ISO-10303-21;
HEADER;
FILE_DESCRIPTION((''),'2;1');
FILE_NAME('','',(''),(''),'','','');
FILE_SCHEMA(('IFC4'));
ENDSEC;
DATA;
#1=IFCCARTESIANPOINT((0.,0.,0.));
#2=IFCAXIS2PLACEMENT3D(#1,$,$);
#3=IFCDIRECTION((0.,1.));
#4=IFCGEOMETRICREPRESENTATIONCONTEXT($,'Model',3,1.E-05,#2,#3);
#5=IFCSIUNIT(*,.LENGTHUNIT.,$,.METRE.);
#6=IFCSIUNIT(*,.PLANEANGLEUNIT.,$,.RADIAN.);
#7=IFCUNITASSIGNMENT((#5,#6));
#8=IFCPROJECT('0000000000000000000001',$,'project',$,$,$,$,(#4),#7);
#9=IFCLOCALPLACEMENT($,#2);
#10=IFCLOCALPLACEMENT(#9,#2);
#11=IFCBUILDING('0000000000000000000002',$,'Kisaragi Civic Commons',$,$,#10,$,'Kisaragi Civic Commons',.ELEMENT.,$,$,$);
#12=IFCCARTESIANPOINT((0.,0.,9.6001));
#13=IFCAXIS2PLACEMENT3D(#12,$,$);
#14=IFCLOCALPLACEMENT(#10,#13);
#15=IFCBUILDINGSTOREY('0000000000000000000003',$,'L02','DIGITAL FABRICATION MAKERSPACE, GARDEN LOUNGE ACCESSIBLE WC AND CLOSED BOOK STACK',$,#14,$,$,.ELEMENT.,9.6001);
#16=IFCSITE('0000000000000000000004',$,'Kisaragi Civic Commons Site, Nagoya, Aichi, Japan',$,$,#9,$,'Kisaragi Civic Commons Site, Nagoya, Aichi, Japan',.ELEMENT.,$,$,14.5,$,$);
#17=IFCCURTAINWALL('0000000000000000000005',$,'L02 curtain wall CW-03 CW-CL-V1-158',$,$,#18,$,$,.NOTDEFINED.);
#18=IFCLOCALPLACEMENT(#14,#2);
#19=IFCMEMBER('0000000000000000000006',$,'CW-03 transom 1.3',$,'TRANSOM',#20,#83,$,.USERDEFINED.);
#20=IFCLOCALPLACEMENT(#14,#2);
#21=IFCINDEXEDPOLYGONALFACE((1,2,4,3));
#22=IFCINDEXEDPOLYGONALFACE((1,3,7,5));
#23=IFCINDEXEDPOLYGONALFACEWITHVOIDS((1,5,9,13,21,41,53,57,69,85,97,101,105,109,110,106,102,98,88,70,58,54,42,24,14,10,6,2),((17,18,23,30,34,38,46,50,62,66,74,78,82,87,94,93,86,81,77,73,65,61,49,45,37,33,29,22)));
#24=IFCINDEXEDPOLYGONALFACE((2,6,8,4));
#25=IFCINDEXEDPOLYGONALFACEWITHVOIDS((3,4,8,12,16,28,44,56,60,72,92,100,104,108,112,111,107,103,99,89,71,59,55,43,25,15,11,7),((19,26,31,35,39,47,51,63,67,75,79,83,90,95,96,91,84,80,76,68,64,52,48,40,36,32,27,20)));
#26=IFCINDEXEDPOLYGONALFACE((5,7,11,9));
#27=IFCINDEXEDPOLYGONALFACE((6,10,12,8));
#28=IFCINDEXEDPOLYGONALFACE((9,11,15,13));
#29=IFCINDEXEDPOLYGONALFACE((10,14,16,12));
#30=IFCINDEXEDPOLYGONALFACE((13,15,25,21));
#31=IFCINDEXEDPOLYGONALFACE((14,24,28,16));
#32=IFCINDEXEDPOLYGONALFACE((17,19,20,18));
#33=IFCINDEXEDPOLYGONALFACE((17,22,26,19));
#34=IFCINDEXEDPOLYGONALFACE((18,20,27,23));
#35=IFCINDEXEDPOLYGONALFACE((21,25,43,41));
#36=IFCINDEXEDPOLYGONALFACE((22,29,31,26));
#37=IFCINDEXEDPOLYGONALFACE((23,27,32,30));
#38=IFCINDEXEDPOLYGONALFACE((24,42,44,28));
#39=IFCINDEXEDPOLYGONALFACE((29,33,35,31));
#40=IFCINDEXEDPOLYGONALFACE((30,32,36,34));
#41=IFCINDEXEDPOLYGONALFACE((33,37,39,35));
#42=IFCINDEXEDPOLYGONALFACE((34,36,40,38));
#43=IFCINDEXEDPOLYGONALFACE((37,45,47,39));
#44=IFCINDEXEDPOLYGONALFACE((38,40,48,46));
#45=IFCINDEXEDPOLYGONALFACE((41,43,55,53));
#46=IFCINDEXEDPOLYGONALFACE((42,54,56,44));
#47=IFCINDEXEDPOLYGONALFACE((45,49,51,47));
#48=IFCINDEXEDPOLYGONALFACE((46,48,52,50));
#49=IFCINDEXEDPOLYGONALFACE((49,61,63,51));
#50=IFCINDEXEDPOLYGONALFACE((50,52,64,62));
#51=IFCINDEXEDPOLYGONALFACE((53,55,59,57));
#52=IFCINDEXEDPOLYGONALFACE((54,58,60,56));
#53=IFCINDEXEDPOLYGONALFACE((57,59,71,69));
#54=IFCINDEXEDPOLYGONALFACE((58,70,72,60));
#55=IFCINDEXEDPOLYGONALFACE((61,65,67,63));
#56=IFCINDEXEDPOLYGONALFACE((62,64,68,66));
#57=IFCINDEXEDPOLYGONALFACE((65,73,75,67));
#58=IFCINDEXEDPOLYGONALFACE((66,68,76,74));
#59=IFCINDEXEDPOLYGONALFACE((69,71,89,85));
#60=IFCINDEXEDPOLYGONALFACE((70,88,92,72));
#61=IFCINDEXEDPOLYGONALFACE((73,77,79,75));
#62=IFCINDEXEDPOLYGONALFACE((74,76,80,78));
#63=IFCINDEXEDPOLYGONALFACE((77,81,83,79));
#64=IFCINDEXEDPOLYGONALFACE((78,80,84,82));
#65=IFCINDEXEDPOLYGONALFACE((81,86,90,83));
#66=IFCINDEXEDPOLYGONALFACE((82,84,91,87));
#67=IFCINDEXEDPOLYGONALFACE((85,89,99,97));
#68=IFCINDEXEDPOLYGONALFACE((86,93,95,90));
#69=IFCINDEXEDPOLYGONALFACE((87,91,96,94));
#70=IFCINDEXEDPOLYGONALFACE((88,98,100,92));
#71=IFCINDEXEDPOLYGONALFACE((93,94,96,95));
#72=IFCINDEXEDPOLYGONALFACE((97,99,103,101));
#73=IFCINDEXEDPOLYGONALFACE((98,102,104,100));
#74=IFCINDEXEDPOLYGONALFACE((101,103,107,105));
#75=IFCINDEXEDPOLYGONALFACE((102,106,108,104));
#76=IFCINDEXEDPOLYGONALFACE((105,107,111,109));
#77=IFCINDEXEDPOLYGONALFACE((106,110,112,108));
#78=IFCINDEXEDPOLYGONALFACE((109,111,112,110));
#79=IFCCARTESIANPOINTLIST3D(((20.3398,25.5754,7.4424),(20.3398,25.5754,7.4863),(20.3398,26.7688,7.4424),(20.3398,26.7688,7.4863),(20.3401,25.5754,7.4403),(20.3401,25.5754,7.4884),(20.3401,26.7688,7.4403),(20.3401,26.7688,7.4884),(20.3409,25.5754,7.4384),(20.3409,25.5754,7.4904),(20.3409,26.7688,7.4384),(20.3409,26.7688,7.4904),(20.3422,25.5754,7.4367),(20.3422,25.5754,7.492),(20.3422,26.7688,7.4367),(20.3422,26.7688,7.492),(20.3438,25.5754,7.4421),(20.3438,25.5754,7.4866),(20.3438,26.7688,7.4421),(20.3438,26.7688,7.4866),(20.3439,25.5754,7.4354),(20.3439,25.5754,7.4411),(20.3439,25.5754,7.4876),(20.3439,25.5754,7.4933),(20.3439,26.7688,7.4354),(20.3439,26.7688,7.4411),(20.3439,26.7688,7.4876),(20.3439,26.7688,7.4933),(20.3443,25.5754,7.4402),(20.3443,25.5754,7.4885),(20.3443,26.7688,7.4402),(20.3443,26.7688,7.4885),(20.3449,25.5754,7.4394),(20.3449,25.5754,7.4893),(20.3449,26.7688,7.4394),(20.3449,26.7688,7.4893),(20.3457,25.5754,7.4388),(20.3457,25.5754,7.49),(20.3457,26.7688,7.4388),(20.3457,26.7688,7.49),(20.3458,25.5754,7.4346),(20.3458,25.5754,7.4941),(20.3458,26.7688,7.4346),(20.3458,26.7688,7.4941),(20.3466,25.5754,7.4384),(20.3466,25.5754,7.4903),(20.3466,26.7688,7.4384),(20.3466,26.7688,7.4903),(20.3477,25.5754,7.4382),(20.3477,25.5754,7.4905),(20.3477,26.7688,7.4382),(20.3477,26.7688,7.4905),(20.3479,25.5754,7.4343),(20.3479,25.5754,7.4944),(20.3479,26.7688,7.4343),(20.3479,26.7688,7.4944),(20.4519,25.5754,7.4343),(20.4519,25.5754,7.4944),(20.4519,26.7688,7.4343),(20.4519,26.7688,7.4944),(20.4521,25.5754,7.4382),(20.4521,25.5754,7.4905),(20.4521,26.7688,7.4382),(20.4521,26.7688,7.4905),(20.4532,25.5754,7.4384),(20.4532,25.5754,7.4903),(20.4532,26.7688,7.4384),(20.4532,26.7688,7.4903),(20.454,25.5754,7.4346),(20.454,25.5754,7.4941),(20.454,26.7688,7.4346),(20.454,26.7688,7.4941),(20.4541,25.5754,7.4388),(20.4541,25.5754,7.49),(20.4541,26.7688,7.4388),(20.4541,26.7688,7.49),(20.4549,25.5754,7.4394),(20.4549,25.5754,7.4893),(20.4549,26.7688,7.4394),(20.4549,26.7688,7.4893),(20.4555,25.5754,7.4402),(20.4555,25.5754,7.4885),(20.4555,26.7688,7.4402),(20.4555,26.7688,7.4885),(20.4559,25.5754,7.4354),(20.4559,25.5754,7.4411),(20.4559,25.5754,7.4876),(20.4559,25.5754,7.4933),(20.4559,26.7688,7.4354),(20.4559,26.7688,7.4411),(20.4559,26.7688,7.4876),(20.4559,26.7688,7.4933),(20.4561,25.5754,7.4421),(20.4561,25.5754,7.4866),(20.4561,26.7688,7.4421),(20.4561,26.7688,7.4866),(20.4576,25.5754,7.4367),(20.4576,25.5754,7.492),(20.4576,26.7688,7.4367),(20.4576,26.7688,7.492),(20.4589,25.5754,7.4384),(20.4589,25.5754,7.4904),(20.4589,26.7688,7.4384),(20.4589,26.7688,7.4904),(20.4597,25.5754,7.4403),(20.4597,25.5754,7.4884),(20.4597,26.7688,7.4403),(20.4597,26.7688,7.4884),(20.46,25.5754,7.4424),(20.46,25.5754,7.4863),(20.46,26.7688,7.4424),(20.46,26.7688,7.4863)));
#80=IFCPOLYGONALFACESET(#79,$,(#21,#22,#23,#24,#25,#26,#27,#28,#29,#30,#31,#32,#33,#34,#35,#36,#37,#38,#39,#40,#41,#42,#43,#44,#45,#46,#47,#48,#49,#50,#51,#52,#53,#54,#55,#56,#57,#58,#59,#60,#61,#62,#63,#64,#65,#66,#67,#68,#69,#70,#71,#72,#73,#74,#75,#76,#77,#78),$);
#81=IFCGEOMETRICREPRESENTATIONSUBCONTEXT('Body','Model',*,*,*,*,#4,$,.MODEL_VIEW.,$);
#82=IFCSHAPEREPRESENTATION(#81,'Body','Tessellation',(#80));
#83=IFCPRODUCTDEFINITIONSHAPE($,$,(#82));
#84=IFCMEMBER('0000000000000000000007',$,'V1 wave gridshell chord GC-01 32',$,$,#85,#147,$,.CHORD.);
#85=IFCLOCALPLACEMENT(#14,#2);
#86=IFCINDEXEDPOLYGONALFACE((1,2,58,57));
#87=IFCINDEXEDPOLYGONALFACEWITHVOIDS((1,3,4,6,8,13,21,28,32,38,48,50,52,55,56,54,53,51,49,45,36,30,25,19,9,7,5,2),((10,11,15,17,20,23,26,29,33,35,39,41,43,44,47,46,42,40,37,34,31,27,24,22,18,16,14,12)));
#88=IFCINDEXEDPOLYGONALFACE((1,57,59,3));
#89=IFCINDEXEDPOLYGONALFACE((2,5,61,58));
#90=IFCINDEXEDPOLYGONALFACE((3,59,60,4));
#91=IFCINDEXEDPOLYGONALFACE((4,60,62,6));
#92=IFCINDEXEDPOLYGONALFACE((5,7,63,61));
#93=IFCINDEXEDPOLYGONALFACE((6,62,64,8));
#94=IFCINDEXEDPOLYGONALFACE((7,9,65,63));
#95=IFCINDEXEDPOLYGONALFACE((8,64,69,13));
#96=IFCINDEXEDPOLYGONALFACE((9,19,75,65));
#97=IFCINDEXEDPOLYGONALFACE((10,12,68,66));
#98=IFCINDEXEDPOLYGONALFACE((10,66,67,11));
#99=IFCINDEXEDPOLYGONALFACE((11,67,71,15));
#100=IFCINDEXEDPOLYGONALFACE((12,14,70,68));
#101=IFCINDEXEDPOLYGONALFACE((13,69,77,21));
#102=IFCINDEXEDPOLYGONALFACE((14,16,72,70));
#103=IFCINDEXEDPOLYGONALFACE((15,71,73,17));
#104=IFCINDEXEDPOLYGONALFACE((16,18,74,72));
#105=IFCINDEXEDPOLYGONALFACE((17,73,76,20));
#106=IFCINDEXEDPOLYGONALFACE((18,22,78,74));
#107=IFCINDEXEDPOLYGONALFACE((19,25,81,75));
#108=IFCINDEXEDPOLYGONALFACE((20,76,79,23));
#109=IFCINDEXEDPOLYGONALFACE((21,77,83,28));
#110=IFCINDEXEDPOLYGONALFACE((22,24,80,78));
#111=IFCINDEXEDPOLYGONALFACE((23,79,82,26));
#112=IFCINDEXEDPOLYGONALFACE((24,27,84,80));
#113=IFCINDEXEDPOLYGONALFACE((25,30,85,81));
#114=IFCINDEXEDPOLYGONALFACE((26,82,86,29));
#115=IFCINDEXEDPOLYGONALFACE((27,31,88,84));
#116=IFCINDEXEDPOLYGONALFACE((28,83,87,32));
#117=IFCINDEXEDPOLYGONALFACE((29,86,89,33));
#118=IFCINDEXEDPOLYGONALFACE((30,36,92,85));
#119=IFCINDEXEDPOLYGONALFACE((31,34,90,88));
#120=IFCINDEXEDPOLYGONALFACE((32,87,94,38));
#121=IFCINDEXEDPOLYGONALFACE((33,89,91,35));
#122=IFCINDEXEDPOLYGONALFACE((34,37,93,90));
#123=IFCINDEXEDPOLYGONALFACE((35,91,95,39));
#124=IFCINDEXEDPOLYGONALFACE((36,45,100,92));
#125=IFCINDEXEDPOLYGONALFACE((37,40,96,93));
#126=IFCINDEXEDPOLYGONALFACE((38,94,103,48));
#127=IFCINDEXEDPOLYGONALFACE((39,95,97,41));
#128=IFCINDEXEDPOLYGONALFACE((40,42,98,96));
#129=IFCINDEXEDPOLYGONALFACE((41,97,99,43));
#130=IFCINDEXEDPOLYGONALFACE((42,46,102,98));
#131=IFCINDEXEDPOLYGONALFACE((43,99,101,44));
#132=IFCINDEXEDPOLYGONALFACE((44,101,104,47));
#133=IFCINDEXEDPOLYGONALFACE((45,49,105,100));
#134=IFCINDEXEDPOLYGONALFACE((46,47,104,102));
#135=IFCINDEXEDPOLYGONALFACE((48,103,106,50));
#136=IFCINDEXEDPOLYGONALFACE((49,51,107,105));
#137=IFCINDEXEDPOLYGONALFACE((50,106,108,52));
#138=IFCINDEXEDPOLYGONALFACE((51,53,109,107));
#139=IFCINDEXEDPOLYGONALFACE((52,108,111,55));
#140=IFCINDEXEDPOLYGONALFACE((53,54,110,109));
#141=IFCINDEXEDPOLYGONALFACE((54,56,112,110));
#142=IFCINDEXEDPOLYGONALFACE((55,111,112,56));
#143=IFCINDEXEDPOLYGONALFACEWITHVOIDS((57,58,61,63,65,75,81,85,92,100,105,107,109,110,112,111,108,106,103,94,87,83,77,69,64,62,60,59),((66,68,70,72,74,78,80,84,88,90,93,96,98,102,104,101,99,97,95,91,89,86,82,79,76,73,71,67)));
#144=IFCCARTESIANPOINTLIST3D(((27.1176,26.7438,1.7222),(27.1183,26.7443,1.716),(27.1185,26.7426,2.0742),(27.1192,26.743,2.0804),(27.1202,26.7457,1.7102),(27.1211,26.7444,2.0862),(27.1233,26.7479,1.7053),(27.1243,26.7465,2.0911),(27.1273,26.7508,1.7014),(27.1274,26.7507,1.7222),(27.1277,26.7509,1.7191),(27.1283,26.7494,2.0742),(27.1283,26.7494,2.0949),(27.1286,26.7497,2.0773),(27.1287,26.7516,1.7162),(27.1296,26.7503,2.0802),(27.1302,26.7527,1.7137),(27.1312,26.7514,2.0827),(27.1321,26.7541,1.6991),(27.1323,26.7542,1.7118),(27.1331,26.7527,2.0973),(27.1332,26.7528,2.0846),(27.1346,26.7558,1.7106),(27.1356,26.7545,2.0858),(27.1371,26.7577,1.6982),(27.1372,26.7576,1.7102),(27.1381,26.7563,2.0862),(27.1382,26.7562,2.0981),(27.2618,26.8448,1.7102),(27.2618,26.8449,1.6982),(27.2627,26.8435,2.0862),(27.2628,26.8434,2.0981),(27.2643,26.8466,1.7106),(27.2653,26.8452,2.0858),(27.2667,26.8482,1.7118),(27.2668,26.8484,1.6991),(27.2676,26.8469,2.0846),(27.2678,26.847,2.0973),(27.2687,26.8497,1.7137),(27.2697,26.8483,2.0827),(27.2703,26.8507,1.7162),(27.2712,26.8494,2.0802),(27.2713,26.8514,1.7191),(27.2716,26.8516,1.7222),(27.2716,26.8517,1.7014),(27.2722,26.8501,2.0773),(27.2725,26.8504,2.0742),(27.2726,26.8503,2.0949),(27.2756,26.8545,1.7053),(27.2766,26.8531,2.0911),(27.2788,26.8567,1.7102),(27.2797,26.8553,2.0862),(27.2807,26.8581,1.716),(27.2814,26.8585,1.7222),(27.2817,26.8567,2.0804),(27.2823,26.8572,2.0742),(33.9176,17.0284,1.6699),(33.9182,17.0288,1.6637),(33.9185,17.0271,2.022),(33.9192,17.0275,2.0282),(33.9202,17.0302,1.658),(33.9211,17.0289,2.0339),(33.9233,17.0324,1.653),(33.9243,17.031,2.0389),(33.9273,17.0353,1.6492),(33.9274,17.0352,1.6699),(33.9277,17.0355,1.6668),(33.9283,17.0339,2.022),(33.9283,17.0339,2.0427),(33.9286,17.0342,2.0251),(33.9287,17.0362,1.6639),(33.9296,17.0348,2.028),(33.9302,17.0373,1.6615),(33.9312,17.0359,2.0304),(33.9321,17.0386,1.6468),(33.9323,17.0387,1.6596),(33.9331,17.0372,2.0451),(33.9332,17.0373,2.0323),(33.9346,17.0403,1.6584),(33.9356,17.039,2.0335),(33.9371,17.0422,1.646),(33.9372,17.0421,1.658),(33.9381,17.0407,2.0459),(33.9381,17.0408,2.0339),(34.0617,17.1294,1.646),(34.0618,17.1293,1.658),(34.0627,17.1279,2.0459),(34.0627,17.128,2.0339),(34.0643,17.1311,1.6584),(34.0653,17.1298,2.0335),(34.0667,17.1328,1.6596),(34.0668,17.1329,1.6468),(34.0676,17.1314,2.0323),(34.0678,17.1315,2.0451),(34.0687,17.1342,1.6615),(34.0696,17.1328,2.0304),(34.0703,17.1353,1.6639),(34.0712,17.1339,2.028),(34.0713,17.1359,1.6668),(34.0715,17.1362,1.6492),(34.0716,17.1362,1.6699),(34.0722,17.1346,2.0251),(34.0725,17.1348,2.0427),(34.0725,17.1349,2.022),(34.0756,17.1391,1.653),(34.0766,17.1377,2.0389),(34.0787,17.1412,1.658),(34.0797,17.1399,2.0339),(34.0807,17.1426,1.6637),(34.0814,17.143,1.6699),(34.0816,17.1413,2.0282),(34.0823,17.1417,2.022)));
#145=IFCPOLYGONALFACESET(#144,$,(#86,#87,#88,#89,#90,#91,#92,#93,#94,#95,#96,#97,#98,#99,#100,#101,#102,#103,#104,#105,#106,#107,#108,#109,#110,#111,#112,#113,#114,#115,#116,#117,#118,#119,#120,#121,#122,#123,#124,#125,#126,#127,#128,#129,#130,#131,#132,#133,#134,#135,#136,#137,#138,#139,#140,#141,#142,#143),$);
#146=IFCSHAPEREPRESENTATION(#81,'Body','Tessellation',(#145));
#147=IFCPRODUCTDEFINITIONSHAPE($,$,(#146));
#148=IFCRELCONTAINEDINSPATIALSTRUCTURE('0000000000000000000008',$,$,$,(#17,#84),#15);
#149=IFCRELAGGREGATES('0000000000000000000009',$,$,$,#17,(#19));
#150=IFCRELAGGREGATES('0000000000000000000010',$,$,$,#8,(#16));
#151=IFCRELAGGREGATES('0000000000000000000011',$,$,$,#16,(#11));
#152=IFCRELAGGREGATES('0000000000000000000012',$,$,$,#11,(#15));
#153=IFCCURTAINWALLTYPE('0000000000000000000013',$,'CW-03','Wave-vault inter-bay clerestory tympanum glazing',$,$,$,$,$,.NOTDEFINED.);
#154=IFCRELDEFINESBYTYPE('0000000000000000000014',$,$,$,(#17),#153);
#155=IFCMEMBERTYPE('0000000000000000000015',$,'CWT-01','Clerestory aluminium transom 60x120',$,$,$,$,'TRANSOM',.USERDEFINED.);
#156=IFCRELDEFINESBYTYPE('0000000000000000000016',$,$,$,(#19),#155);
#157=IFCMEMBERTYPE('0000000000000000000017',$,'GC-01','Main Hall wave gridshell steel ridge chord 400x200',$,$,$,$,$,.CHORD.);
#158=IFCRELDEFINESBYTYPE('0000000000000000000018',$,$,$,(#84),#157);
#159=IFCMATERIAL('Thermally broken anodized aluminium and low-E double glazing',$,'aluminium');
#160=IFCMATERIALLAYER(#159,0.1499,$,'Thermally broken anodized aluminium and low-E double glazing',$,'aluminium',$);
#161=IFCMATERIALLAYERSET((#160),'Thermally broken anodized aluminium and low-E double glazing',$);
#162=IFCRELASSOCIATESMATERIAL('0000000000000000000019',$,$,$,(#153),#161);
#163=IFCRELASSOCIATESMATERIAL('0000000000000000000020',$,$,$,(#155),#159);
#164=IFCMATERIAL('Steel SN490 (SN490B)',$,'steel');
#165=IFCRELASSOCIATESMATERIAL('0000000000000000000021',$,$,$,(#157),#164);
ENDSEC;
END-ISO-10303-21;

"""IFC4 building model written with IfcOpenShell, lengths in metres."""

from ifc_helpers import new_model, si_unit, direction, frame, origin, origin_2d, place, context, subcontext, project, spatial, hollow_rectangle, extrude, material, layer, layer_set, material_profile, profile_set, type_object, element, aggregate, save


model = new_model("IFC4")

# Units and contexts
model_context = context("Model", 3, precision=1e-05, world=origin(), true_north=direction((0.0, 1.0)))
body_context = subcontext(model_context, "Body", "Model", "MODEL_VIEW")
ifc_project = project(units=[si_unit("LENGTHUNIT", "METRE"), si_unit("PLANEANGLEUNIT", "RADIAN")], contexts=[model_context])

# Site, building, storey
site_placement = place(None, origin())
site = spatial("IfcSite", under=ifc_project, at=site_placement, Name="Kisaragi Civic Commons Site, Nagoya, Aichi, Japan", LongName="Kisaragi Civic Commons Site, Nagoya, Aichi, Japan", CompositionType="ELEMENT", RefElevation=14.5)
building_placement = place(site_placement, origin())
building = spatial("IfcBuilding", under=site, at=building_placement, Name="Kisaragi Civic Commons", LongName="Kisaragi Civic Commons", CompositionType="ELEMENT")
storey_placement = place(building_placement, frame((0.0, 0.0, 9.6001)))
storey = spatial("IfcBuildingStorey", under=building, at=storey_placement, Name="L02", Description="DIGITAL FABRICATION MAKERSPACE, GARDEN LOUNGE ACCESSIBLE WC AND CLOSED BOOK STACK", CompositionType="ELEMENT", Elevation=9.6001)

# Curtain wall, member
ifc_material_1 = material(Name="Thermally broken anodized aluminium and low-E double glazing", Category="aluminium")
ifc_layer_1 = layer(ifc_material_1, 0.1499, Name="Thermally broken anodized aluminium and low-E double glazing", Category="aluminium")
ifc_layer_set_1 = layer_set([ifc_layer_1], Name="Thermally broken anodized aluminium and low-E double glazing")
curtain_wall_type = type_object("IfcCurtainWallType", Name="CW-03", Description="Wave-vault inter-bay clerestory tympanum glazing", PredefinedType="NOTDEFINED", material=ifc_layer_set_1)
curtain_wall_placement = place(storey_placement, origin())
curtain_wall = element("IfcCurtainWall", 1, at=curtain_wall_placement, inside=storey, type_object=curtain_wall_type, Name="L02 curtain wall CW-03 CW-CL-V1-158", PredefinedType="NOTDEFINED")
ifc_material_profile_1 = material_profile(ifc_material_1, hollow_rectangle(XDim=0.1201, YDim=0.0601, WallThickness=0.0039, InnerFilletRadius=0.0039, OuterFilletRadius=0.0081, at=origin_2d()), Name="CWT-60x120x4", Category="aluminium")
ifc_profile_set_1 = profile_set([ifc_material_profile_1], Name="Thermally broken anodized aluminium and low-E double glazing")
member_type_1 = type_object("IfcMemberType", Name="CWT-01", Description="Clerestory aluminium transom 60x120", ElementType="TRANSOM", PredefinedType="USERDEFINED", material=ifc_profile_set_1)
member_1_placement = place(storey_placement, frame((20.3999, 25.5754, 7.4644), z_axis=(0.0, 1.0, 0.0), x_axis=(-1.0, 0.0, 0.0)))
member_1 = element("IfcMember", 2, at=member_1_placement, type_object=member_type_1, Name="CW-03 transom 1.3", ObjectType="TRANSOM", PredefinedType="USERDEFINED", context=body_context, shape_type="SweptSolid", body=[
    extrude(hollow_rectangle(XDim=0.1201, YDim=0.0601, WallThickness=0.0039, InnerFilletRadius=0.0039, OuterFilletRadius=0.0081, at=origin_2d()), origin(), (0.0, 0.0, 1.0), 1.1934),
])

# Member
ifc_material_2 = material(Name="Steel SN490 (SN490B)", Category="steel")
ifc_material_profile_2 = material_profile(ifc_material_2, hollow_rectangle(XDim=0.2, YDim=0.3999, WallThickness=0.012, InnerFilletRadius=0.012, OuterFilletRadius=0.0239, at=origin_2d()), Name="STKR-400x200x12", Category="steel")
ifc_profile_set_2 = profile_set([ifc_material_profile_2], Name="Steel SN490 (SN490B)")
member_type_2 = type_object("IfcMemberType", Name="GC-01", Description="Main Hall wave gridshell steel ridge chord 400x200", PredefinedType="CHORD", material=ifc_profile_set_2)
member_2_placement = place(storey_placement, frame((27.2, 26.8005, 1.8982), z_axis=(0.573408, -0.819258, -0.004406), x_axis=(0.819266, 0.573414, 0.0)))
element("IfcMember", 3, at=member_2_placement, inside=storey, type_object=member_type_2, Name="V1 wave gridshell chord GC-01 32", PredefinedType="CHORD", context=body_context, shape_type="SweptSolid", body=[
    extrude(hollow_rectangle(XDim=0.2, YDim=0.3999, WallThickness=0.012, InnerFilletRadius=0.012, OuterFilletRadius=0.0239, at=origin_2d()), origin(), (0.0, 0.0, 1.0), 11.8589),
])

aggregate(curtain_wall, [member_1])

save(model, "model.ifc")
